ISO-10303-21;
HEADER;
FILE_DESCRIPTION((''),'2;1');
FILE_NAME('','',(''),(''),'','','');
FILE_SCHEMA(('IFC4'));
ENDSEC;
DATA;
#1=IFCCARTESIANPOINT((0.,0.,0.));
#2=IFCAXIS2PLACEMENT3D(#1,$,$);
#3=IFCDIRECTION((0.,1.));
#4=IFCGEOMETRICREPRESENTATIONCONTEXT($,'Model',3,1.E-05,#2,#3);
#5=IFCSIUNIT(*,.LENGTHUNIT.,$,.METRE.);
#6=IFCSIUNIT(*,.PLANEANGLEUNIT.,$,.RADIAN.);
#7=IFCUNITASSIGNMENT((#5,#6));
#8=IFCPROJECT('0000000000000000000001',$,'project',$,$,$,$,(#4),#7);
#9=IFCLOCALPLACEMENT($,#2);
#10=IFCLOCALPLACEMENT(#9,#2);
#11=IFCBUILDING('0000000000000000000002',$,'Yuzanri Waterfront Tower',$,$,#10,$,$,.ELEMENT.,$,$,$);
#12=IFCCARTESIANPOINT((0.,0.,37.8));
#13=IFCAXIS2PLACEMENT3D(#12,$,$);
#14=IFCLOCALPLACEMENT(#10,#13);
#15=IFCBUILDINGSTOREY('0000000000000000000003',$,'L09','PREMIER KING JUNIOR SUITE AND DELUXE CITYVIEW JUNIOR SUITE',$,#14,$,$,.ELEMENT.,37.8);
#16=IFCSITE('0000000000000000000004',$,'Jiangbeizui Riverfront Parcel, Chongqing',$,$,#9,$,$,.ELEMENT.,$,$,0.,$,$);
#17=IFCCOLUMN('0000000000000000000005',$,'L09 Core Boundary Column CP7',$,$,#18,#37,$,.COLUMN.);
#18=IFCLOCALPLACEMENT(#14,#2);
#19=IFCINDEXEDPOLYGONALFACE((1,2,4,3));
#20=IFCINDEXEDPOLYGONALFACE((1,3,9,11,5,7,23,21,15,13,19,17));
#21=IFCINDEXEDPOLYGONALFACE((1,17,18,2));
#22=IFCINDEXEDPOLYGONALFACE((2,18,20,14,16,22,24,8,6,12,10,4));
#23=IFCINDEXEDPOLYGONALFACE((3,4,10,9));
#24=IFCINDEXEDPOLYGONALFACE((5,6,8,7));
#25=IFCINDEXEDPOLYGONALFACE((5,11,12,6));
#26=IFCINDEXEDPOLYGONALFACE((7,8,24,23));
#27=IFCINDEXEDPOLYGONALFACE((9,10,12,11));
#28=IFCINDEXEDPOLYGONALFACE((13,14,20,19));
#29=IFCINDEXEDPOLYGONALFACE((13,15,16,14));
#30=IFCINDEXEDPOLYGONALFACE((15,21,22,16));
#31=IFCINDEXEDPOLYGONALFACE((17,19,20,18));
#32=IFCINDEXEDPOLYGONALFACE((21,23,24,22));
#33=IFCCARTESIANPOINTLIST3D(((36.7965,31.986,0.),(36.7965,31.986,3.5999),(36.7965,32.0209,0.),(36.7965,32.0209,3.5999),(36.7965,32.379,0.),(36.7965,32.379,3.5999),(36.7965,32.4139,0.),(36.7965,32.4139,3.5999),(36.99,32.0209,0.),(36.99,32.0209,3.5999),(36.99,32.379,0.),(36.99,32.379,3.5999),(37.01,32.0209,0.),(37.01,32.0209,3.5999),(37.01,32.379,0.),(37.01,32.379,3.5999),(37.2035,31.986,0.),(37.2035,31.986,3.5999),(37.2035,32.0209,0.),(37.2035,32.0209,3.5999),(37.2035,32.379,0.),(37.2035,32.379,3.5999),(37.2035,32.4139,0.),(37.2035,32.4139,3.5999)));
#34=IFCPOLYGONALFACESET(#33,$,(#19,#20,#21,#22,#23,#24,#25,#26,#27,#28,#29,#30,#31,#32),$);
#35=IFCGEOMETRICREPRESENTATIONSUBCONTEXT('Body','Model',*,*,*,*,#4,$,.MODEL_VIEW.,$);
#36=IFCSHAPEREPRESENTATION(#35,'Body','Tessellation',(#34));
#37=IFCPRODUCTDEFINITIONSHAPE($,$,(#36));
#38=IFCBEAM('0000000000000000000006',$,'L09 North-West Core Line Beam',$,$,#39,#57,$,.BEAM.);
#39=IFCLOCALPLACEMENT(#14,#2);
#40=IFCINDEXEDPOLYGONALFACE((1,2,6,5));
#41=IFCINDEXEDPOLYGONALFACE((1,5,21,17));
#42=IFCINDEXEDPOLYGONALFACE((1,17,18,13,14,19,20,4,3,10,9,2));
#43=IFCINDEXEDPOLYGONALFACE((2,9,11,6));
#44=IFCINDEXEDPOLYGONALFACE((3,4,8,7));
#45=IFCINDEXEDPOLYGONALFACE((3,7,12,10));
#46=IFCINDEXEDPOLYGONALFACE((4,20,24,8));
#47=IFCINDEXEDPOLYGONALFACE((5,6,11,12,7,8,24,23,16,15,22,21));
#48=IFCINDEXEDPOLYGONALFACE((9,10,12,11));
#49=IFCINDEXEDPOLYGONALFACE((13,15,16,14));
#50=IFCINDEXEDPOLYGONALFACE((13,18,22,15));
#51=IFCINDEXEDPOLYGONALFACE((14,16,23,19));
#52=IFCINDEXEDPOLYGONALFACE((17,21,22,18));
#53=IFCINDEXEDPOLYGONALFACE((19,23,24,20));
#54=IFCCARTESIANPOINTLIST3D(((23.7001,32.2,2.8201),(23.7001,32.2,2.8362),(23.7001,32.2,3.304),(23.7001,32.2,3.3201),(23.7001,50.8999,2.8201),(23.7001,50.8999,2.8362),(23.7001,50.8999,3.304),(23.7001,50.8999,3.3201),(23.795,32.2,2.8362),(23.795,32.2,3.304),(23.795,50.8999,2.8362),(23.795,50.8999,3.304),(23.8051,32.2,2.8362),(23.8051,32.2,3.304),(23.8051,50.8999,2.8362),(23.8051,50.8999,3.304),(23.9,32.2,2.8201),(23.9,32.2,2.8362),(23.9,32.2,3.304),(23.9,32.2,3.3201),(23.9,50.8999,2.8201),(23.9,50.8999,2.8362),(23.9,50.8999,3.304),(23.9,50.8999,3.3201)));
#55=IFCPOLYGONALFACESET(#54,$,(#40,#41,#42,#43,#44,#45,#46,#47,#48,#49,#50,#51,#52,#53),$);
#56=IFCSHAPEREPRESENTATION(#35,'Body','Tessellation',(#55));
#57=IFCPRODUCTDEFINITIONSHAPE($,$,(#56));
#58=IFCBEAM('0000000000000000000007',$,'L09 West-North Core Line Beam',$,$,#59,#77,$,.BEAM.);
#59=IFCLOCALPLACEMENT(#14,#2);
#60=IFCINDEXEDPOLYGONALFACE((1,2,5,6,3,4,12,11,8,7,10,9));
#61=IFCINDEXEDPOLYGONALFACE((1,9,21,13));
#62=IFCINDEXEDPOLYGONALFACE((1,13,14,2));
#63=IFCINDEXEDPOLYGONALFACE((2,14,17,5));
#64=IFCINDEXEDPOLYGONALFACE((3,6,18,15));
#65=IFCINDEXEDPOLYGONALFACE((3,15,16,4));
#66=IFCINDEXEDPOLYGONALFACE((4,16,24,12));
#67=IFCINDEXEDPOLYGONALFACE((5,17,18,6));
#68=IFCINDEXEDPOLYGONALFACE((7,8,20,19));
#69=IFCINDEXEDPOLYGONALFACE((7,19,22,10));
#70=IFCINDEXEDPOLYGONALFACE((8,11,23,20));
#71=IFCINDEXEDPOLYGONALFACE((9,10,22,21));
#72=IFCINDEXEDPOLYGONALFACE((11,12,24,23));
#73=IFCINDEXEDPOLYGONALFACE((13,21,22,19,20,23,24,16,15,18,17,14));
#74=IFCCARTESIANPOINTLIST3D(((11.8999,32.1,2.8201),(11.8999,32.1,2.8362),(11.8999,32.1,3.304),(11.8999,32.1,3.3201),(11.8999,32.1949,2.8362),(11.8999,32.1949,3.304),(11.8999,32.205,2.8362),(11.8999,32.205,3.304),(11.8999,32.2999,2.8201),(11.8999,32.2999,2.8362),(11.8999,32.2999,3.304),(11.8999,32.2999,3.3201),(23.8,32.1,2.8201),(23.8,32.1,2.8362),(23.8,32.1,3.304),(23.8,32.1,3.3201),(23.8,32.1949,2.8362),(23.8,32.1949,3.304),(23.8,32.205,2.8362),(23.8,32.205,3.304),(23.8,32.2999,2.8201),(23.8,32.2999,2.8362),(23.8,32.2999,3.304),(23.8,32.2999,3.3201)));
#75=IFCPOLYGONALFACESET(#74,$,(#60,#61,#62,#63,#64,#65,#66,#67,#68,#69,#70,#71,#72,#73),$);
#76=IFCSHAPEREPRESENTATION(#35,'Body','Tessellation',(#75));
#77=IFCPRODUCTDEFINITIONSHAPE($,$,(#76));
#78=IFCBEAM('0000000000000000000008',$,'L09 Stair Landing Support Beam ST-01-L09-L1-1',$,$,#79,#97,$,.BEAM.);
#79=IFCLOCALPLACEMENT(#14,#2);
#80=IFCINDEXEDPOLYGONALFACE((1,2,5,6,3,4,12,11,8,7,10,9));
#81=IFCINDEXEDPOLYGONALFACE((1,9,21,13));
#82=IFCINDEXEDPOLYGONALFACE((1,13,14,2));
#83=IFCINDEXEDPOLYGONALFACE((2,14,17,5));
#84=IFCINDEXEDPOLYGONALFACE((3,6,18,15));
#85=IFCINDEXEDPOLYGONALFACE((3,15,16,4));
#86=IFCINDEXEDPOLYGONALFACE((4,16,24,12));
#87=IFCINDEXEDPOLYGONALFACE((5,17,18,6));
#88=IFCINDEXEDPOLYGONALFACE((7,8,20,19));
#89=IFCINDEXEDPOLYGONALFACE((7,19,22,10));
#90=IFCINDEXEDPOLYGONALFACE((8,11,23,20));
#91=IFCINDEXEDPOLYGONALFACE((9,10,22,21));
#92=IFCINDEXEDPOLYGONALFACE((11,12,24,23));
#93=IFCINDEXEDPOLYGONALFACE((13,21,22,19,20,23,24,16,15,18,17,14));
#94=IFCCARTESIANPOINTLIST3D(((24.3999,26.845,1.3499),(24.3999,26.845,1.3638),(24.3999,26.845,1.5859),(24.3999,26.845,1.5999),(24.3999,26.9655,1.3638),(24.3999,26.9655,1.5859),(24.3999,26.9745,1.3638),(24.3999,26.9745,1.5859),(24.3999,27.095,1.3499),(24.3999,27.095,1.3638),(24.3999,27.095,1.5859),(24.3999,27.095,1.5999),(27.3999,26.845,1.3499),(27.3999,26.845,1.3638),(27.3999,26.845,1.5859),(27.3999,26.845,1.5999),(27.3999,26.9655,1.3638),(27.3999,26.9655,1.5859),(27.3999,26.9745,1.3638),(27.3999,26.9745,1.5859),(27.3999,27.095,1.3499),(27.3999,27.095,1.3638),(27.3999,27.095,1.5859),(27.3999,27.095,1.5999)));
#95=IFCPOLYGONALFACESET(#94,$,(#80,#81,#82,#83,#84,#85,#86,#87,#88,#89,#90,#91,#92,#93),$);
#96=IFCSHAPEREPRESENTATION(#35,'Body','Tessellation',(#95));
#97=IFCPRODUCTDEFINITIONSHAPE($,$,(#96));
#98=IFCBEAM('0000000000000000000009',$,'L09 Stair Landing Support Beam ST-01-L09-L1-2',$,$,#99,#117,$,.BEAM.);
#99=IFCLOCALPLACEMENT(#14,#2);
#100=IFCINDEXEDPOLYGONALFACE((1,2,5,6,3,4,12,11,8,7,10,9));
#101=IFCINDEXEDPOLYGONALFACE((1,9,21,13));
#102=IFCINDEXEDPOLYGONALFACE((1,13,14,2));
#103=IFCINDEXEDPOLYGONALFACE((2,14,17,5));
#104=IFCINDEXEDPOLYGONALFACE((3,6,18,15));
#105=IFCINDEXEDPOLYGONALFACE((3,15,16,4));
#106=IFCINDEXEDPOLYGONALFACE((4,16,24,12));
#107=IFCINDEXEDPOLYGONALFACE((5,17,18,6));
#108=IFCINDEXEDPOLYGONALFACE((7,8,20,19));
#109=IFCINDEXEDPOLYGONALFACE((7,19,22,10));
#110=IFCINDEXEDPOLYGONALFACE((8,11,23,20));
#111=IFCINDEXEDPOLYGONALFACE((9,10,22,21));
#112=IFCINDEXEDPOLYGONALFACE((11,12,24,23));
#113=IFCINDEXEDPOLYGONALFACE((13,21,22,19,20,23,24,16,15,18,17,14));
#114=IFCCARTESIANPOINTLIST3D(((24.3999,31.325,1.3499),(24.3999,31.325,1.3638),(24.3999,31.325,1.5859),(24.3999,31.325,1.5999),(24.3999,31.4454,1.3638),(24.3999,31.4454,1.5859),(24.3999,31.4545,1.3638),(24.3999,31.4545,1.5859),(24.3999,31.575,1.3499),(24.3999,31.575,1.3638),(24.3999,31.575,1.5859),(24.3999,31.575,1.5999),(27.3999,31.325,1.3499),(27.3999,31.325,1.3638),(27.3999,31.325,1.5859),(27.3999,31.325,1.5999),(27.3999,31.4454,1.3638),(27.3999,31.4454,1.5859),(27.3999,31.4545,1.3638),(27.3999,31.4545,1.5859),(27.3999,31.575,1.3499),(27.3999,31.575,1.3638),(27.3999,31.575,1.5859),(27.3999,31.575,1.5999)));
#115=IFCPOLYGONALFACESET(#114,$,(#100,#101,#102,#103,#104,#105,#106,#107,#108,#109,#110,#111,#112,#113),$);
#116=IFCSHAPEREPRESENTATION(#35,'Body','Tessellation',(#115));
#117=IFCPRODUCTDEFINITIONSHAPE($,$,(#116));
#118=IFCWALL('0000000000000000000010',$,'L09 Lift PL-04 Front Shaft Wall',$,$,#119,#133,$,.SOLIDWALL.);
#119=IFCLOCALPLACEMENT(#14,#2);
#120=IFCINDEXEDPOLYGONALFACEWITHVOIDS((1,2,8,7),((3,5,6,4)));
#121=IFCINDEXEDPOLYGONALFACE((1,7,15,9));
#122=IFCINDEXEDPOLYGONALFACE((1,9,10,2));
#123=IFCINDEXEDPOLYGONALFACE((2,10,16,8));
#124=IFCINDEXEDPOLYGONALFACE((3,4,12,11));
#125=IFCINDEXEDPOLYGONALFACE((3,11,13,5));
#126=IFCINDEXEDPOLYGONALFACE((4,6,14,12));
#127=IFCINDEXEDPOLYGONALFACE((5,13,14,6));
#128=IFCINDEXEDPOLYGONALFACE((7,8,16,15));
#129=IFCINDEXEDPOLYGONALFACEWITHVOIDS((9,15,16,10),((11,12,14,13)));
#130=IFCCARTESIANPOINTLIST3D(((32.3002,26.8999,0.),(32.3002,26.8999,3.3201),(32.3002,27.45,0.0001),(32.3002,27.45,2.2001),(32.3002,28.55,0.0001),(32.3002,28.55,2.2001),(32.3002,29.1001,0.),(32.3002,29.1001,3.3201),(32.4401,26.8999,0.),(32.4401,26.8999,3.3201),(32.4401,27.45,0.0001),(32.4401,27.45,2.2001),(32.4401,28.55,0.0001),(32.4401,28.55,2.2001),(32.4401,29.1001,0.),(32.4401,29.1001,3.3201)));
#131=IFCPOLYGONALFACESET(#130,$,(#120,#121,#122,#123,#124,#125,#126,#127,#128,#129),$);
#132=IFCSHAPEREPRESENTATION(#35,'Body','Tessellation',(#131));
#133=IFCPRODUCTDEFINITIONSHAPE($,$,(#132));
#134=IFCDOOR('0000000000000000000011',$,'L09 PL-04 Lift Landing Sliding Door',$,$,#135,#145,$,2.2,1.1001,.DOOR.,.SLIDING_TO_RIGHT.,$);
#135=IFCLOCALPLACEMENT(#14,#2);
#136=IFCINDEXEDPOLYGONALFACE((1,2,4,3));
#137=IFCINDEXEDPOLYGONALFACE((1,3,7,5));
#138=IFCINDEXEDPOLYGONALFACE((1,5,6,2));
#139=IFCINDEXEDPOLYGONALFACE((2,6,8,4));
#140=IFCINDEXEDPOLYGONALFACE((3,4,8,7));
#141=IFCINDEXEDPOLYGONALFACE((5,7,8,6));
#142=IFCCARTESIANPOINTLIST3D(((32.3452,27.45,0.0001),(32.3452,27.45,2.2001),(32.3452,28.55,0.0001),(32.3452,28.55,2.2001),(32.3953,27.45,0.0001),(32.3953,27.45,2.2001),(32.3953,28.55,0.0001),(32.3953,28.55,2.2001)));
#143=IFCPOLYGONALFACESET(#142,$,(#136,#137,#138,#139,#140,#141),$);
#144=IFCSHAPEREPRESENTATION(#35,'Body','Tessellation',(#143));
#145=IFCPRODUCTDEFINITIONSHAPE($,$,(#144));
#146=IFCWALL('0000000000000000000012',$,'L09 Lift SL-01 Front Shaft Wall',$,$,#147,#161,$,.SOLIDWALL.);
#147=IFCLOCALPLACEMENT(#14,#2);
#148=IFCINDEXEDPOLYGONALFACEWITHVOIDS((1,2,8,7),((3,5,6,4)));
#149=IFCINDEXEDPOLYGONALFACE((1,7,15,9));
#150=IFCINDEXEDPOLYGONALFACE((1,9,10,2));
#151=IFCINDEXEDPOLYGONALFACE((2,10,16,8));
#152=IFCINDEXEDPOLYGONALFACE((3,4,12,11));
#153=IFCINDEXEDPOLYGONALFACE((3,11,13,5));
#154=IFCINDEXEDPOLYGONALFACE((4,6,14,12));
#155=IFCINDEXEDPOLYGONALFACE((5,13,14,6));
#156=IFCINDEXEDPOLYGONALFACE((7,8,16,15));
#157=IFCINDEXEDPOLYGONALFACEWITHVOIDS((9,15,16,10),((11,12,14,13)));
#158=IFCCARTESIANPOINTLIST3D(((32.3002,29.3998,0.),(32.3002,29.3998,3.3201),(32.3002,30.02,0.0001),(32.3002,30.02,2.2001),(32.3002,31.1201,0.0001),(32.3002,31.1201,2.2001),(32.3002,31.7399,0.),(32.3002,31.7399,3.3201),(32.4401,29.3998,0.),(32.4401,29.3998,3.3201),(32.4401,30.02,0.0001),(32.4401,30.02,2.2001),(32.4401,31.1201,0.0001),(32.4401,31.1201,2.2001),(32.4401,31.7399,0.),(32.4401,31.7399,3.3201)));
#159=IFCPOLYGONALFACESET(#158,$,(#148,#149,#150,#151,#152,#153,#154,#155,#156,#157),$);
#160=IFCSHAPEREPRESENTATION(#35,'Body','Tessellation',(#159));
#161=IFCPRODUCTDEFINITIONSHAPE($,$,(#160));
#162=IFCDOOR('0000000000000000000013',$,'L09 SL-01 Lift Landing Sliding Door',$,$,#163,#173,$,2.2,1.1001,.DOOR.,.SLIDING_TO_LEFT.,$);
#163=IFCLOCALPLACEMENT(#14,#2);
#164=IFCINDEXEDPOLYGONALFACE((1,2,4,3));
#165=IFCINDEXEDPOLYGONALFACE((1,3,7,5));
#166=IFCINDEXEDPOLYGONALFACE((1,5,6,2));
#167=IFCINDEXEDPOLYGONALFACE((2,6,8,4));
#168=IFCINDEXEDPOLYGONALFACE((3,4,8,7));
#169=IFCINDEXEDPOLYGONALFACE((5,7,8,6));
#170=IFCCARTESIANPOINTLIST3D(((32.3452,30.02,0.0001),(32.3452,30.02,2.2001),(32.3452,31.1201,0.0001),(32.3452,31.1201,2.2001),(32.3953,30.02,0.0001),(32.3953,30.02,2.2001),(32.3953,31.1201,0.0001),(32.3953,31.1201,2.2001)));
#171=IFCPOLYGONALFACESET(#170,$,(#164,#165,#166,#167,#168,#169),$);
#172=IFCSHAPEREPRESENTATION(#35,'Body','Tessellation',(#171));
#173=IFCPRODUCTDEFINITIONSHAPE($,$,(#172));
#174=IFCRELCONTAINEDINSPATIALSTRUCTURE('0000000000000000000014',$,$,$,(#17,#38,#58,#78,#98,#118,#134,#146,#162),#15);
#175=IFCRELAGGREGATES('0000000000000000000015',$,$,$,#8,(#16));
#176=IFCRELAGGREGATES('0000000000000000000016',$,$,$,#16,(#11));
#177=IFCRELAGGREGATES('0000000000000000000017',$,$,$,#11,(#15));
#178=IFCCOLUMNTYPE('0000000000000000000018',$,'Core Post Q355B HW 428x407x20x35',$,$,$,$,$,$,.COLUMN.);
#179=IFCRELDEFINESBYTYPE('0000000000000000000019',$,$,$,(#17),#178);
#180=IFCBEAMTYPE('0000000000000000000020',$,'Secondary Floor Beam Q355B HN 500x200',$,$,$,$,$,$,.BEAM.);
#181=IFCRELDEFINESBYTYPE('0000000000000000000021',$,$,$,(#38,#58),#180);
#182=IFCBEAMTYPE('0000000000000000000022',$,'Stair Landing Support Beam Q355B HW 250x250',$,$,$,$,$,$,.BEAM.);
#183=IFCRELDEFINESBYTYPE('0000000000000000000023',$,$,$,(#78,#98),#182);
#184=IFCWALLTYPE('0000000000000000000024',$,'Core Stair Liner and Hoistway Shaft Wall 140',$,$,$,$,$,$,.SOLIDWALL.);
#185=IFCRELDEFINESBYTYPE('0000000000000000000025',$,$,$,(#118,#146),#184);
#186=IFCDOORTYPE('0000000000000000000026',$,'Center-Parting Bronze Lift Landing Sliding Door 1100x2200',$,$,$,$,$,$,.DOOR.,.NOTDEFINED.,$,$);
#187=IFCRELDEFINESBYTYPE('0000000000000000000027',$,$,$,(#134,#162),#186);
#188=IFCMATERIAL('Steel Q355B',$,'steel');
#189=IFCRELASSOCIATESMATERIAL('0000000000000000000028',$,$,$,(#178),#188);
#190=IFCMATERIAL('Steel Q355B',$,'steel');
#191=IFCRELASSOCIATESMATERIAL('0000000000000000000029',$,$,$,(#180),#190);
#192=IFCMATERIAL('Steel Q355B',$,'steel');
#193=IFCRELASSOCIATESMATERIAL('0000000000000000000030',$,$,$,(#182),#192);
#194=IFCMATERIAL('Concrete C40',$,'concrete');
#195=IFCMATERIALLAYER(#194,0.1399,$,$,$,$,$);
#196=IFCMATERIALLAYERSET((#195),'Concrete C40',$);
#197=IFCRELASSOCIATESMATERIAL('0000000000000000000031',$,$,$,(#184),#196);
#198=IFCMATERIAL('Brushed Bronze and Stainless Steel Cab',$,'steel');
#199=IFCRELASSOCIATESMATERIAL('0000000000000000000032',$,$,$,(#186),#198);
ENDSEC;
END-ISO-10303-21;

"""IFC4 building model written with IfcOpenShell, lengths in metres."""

from ifc_helpers import new_model, si_unit, direction, frame, frame_2d, origin, origin_2d, place, context, subcontext, project, spatial, rectangle, i_section, extrude, source, transform, mapped, material, layer, layer_set, material_profile, profile_set, type_object, element, fill, save


model = new_model("IFC4")

# Units and contexts
model_context = context("Model", 3, precision=1e-05, world=origin(), true_north=direction((0.0, 1.0)))
body_context = subcontext(model_context, "Body", "Model", "MODEL_VIEW")
ifc_project = project(units=[si_unit("LENGTHUNIT", "METRE"), si_unit("PLANEANGLEUNIT", "RADIAN")], contexts=[model_context])

# Site, building, storey
site_placement = place(None, origin())
site = spatial("IfcSite", under=ifc_project, at=site_placement, Name="Jiangbeizui Riverfront Parcel, Chongqing", CompositionType="ELEMENT", RefElevation=0.0)
building_placement = place(site_placement, origin())
building = spatial("IfcBuilding", under=site, at=building_placement, Name="Yuzanri Waterfront Tower", CompositionType="ELEMENT")
storey_placement = place(building_placement, frame((0.0, 0.0, 37.8)))
storey = spatial("IfcBuildingStorey", under=building, at=storey_placement, Name="L09", Description="PREMIER KING JUNIOR SUITE AND DELUXE CITYVIEW JUNIOR SUITE", CompositionType="ELEMENT", Elevation=37.8)

# Column
ifc_material_1 = material(Name="Steel Q355B", Category="steel")
ifc_material_profile_1 = material_profile(ifc_material_1, i_section(OverallWidth=0.407, OverallDepth=0.428, WebThickness=0.02, FlangeThickness=0.0349, at=origin_2d()), Name="HW 428x407x20x35")
ifc_profile_set_1 = profile_set([ifc_material_profile_1], Name="Steel Q355B")
column_type = type_object("IfcColumnType", Name="Core Post Q355B HW 428x407x20x35", PredefinedType="COLUMN", material=ifc_profile_set_1)
shared_shape_1 = source(origin(), body_context, "Body", "SweptSolid", [
    extrude(i_section(OverallWidth=0.407, OverallDepth=0.428, WebThickness=0.02, FlangeThickness=0.0349, at=origin_2d()), origin(), (0.0, 0.0, 1.0), 3.5999),
])
column_placement = place(storey_placement, frame((37.0, 32.2, 0.0), z_axis=(0.0, 0.0, 1.0), x_axis=(1.0, 0.0, 0.0)))
element("IfcColumn", 1, at=column_placement, inside=storey, type_object=column_type, Name="L09 Core Boundary Column CP7", PredefinedType="COLUMN", context=body_context, shape_type="MappedRepresentation", body=[
    mapped(shared_shape_1, transform((0.0, 0.0, 0.0), scale=1.0)),
])

# Beams
ifc_material_2 = material(Name="Steel Q355B", Category="steel")
ifc_material_profile_2 = material_profile(ifc_material_2, i_section(OverallWidth=0.2, OverallDepth=0.5, WebThickness=0.01, FlangeThickness=0.0161, at=origin_2d()), Name="HN 500x200x10x16")
ifc_profile_set_2 = profile_set([ifc_material_profile_2], Name="Steel Q355B")
beam_type_1 = type_object("IfcBeamType", Name="Secondary Floor Beam Q355B HN 500x200", PredefinedType="BEAM", material=ifc_profile_set_2)
shared_shape_2 = source(origin(), body_context, "Body", "SweptSolid", [
    extrude(i_section(OverallWidth=0.2, OverallDepth=0.5, WebThickness=0.01, FlangeThickness=0.0161, at=origin_2d()), origin(), (0.0, 0.0, 1.0), 18.7),
])
beam_1_placement = place(storey_placement, frame((23.8, 32.2, 3.0701), z_axis=(0.0, 1.0, 0.0), x_axis=(-1.0, 0.0, 0.0)))
element("IfcBeam", 2, at=beam_1_placement, inside=storey, type_object=beam_type_1, Name="L09 North-West Core Line Beam", PredefinedType="BEAM", context=body_context, shape_type="MappedRepresentation", body=[
    mapped(shared_shape_2, transform((0.0, 0.0, 0.0), scale=1.0)),
])
shared_shape_3 = source(origin(), body_context, "Body", "SweptSolid", [
    extrude(i_section(OverallWidth=0.2, OverallDepth=0.5, WebThickness=0.01, FlangeThickness=0.0161, at=origin_2d()), origin(), (0.0, 0.0, 1.0), 11.9001),
])
beam_2_placement = place(storey_placement, frame((23.8, 32.2, 3.0701), z_axis=(-1.0, 0.0, 0.0), x_axis=(0.0, -1.0, 0.0)))
element("IfcBeam", 3, at=beam_2_placement, inside=storey, type_object=beam_type_1, Name="L09 West-North Core Line Beam", PredefinedType="BEAM", context=body_context, shape_type="MappedRepresentation", body=[
    mapped(shared_shape_3, transform((0.0, 0.0, 0.0), scale=1.0)),
])
ifc_material_3 = material(Name="Steel Q355B", Category="steel")
ifc_material_profile_3 = material_profile(ifc_material_3, i_section(OverallWidth=0.25, OverallDepth=0.25, WebThickness=0.009, FlangeThickness=0.0139, at=origin_2d()), Name="HW 250x250x9x14")
ifc_profile_set_3 = profile_set([ifc_material_profile_3], Name="Steel Q355B")
beam_type_2 = type_object("IfcBeamType", Name="Stair Landing Support Beam Q355B HW 250x250", PredefinedType="BEAM", material=ifc_profile_set_3)
shared_shape_4 = source(origin(), body_context, "Body", "SweptSolid", [
    extrude(i_section(OverallWidth=0.25, OverallDepth=0.25, WebThickness=0.009, FlangeThickness=0.0139, at=origin_2d()), origin(), (0.0, 0.0, 1.0), 3.0),
])
for number, where, z_axis, x_axis, name in (
    (4, (24.3999, 26.97, 1.4749), (1.0, 0.0, 0.0), (0.0, 1.0, 0.0), "L09 Stair Landing Support Beam ST-01-L09-L1-1"),
    (5, (24.3999, 31.45, 1.4749), (1.0, 0.0, 0.0), (0.0, 1.0, 0.0), "L09 Stair Landing Support Beam ST-01-L09-L1-2"),
):
    element("IfcBeam", number, at=place(storey_placement, frame(where, z_axis=z_axis, x_axis=x_axis)), inside=storey, type_object=beam_type_2, Name=name, PredefinedType="BEAM", context=body_context, shape_type="MappedRepresentation", body=[
        mapped(shared_shape_4, transform((0.0, 0.0, 0.0), scale=1.0)),
    ])

# Walls, openings, doors
ifc_material_4 = material(Name="Concrete C40", Category="concrete")
ifc_layer_1 = layer(ifc_material_4, 0.1399)
ifc_layer_set_1 = layer_set([ifc_layer_1], Name="Concrete C40")
wall_type_1 = type_object("IfcWallType", Name="Core Stair Liner and Hoistway Shaft Wall 140", PredefinedType="SOLIDWALL", material=ifc_layer_set_1)
wall_1_placement = place(storey_placement, frame((32.3701, 26.8999, 0.0), z_axis=(0.0, 0.0, 1.0), x_axis=(0.0, 1.0, 0.0)))
wall_1 = element("IfcWall", 6, at=wall_1_placement, inside=storey, type_object=wall_type_1, Name="L09 Lift PL-04 Front Shaft Wall", PredefinedType="SOLIDWALL", context=body_context, shape_type="SweptSolid", body=[
    extrude(rectangle(XDim=2.2002, YDim=0.1399, at=frame_2d((1.1001, 0.0))), origin(), (0.0, 0.0, 1.0), 3.3201),
])
opening_1_placement = place(wall_1_placement, frame((0.55, 0.0, 0.0)))
opening_1 = element("IfcOpeningElement", 7, at=opening_1_placement, cuts=wall_1, PredefinedType="OPENING", context=body_context, shape_type="SweptSolid", body=[
    extrude(rectangle(XDim=1.1001, YDim=2.2, at=frame_2d((0.55, 1.1001))), frame((0.0, 0.085, 0.0), z_axis=(0.0, -1.0, 0.0), x_axis=(1.0, 0.0, 0.0)), (0.0, 0.0, 1.0), 0.1697),
])
ifc_material_5 = material(Name="Brushed Bronze and Stainless Steel Cab", Category="steel")
door_type_1 = type_object("IfcDoorType", Name="Center-Parting Bronze Lift Landing Sliding Door 1100x2200", OperationType="NOTDEFINED", PredefinedType="DOOR", material=ifc_material_5)
shared_shape_5 = source(origin(), body_context, "Body", "SweptSolid", [
    extrude(rectangle(XDim=1.1001, YDim=2.2, at=frame_2d((0.55, 1.1001))), frame((0.0, 0.0249, 0.0), z_axis=(0.0, -1.0, 0.0), x_axis=(1.0, 0.0, 0.0)), (0.0, 0.0, 1.0), 0.05),
])
door_1_placement = place(opening_1_placement, origin())
door_1 = element("IfcDoor", 8, at=door_1_placement, inside=storey, type_object=door_type_1, Name="L09 PL-04 Lift Landing Sliding Door", OperationType="SLIDING_TO_RIGHT", OverallHeight=2.2, OverallWidth=1.1001, PredefinedType="DOOR", context=body_context, shape_type="MappedRepresentation", body=[
    mapped(shared_shape_5, transform((0.0, 0.0, 0.0), scale=1.0)),
])
fill(opening_1, door_1)
wall_2_placement = place(storey_placement, frame((32.3701, 29.3999, 0.0), z_axis=(0.0, 0.0, 1.0), x_axis=(0.0, 1.0, 0.0)))
wall_2 = element("IfcWall", 9, at=wall_2_placement, inside=storey, type_object=wall_type_1, Name="L09 Lift SL-01 Front Shaft Wall", PredefinedType="SOLIDWALL", context=body_context, shape_type="SweptSolid", body=[
    extrude(rectangle(XDim=2.3401, YDim=0.1399, at=frame_2d((1.1699, 0.0))), origin(), (0.0, 0.0, 1.0), 3.3201),
])
opening_2_placement = place(wall_2_placement, frame((0.6201, 0.0, 0.0)))
opening_2 = element("IfcOpeningElement", 10, at=opening_2_placement, cuts=wall_2, PredefinedType="OPENING", context=body_context, shape_type="SweptSolid", body=[
    extrude(rectangle(XDim=1.1001, YDim=2.2, at=frame_2d((0.55, 1.1001))), frame((0.0, 0.085, 0.0), z_axis=(0.0, -1.0, 0.0), x_axis=(1.0, 0.0, 0.0)), (0.0, 0.0, 1.0), 0.1697),
])
door_2_placement = place(opening_2_placement, origin())
door_2 = element("IfcDoor", 11, at=door_2_placement, inside=storey, type_object=door_type_1, Name="L09 SL-01 Lift Landing Sliding Door", OperationType="SLIDING_TO_LEFT", OverallHeight=2.2, OverallWidth=1.1001, PredefinedType="DOOR", context=body_context, shape_type="MappedRepresentation", body=[
    mapped(shared_shape_5, transform((0.0, 0.0, 0.0), scale=1.0)),
])
fill(opening_2, door_2)

save(model, "model.ifc")
